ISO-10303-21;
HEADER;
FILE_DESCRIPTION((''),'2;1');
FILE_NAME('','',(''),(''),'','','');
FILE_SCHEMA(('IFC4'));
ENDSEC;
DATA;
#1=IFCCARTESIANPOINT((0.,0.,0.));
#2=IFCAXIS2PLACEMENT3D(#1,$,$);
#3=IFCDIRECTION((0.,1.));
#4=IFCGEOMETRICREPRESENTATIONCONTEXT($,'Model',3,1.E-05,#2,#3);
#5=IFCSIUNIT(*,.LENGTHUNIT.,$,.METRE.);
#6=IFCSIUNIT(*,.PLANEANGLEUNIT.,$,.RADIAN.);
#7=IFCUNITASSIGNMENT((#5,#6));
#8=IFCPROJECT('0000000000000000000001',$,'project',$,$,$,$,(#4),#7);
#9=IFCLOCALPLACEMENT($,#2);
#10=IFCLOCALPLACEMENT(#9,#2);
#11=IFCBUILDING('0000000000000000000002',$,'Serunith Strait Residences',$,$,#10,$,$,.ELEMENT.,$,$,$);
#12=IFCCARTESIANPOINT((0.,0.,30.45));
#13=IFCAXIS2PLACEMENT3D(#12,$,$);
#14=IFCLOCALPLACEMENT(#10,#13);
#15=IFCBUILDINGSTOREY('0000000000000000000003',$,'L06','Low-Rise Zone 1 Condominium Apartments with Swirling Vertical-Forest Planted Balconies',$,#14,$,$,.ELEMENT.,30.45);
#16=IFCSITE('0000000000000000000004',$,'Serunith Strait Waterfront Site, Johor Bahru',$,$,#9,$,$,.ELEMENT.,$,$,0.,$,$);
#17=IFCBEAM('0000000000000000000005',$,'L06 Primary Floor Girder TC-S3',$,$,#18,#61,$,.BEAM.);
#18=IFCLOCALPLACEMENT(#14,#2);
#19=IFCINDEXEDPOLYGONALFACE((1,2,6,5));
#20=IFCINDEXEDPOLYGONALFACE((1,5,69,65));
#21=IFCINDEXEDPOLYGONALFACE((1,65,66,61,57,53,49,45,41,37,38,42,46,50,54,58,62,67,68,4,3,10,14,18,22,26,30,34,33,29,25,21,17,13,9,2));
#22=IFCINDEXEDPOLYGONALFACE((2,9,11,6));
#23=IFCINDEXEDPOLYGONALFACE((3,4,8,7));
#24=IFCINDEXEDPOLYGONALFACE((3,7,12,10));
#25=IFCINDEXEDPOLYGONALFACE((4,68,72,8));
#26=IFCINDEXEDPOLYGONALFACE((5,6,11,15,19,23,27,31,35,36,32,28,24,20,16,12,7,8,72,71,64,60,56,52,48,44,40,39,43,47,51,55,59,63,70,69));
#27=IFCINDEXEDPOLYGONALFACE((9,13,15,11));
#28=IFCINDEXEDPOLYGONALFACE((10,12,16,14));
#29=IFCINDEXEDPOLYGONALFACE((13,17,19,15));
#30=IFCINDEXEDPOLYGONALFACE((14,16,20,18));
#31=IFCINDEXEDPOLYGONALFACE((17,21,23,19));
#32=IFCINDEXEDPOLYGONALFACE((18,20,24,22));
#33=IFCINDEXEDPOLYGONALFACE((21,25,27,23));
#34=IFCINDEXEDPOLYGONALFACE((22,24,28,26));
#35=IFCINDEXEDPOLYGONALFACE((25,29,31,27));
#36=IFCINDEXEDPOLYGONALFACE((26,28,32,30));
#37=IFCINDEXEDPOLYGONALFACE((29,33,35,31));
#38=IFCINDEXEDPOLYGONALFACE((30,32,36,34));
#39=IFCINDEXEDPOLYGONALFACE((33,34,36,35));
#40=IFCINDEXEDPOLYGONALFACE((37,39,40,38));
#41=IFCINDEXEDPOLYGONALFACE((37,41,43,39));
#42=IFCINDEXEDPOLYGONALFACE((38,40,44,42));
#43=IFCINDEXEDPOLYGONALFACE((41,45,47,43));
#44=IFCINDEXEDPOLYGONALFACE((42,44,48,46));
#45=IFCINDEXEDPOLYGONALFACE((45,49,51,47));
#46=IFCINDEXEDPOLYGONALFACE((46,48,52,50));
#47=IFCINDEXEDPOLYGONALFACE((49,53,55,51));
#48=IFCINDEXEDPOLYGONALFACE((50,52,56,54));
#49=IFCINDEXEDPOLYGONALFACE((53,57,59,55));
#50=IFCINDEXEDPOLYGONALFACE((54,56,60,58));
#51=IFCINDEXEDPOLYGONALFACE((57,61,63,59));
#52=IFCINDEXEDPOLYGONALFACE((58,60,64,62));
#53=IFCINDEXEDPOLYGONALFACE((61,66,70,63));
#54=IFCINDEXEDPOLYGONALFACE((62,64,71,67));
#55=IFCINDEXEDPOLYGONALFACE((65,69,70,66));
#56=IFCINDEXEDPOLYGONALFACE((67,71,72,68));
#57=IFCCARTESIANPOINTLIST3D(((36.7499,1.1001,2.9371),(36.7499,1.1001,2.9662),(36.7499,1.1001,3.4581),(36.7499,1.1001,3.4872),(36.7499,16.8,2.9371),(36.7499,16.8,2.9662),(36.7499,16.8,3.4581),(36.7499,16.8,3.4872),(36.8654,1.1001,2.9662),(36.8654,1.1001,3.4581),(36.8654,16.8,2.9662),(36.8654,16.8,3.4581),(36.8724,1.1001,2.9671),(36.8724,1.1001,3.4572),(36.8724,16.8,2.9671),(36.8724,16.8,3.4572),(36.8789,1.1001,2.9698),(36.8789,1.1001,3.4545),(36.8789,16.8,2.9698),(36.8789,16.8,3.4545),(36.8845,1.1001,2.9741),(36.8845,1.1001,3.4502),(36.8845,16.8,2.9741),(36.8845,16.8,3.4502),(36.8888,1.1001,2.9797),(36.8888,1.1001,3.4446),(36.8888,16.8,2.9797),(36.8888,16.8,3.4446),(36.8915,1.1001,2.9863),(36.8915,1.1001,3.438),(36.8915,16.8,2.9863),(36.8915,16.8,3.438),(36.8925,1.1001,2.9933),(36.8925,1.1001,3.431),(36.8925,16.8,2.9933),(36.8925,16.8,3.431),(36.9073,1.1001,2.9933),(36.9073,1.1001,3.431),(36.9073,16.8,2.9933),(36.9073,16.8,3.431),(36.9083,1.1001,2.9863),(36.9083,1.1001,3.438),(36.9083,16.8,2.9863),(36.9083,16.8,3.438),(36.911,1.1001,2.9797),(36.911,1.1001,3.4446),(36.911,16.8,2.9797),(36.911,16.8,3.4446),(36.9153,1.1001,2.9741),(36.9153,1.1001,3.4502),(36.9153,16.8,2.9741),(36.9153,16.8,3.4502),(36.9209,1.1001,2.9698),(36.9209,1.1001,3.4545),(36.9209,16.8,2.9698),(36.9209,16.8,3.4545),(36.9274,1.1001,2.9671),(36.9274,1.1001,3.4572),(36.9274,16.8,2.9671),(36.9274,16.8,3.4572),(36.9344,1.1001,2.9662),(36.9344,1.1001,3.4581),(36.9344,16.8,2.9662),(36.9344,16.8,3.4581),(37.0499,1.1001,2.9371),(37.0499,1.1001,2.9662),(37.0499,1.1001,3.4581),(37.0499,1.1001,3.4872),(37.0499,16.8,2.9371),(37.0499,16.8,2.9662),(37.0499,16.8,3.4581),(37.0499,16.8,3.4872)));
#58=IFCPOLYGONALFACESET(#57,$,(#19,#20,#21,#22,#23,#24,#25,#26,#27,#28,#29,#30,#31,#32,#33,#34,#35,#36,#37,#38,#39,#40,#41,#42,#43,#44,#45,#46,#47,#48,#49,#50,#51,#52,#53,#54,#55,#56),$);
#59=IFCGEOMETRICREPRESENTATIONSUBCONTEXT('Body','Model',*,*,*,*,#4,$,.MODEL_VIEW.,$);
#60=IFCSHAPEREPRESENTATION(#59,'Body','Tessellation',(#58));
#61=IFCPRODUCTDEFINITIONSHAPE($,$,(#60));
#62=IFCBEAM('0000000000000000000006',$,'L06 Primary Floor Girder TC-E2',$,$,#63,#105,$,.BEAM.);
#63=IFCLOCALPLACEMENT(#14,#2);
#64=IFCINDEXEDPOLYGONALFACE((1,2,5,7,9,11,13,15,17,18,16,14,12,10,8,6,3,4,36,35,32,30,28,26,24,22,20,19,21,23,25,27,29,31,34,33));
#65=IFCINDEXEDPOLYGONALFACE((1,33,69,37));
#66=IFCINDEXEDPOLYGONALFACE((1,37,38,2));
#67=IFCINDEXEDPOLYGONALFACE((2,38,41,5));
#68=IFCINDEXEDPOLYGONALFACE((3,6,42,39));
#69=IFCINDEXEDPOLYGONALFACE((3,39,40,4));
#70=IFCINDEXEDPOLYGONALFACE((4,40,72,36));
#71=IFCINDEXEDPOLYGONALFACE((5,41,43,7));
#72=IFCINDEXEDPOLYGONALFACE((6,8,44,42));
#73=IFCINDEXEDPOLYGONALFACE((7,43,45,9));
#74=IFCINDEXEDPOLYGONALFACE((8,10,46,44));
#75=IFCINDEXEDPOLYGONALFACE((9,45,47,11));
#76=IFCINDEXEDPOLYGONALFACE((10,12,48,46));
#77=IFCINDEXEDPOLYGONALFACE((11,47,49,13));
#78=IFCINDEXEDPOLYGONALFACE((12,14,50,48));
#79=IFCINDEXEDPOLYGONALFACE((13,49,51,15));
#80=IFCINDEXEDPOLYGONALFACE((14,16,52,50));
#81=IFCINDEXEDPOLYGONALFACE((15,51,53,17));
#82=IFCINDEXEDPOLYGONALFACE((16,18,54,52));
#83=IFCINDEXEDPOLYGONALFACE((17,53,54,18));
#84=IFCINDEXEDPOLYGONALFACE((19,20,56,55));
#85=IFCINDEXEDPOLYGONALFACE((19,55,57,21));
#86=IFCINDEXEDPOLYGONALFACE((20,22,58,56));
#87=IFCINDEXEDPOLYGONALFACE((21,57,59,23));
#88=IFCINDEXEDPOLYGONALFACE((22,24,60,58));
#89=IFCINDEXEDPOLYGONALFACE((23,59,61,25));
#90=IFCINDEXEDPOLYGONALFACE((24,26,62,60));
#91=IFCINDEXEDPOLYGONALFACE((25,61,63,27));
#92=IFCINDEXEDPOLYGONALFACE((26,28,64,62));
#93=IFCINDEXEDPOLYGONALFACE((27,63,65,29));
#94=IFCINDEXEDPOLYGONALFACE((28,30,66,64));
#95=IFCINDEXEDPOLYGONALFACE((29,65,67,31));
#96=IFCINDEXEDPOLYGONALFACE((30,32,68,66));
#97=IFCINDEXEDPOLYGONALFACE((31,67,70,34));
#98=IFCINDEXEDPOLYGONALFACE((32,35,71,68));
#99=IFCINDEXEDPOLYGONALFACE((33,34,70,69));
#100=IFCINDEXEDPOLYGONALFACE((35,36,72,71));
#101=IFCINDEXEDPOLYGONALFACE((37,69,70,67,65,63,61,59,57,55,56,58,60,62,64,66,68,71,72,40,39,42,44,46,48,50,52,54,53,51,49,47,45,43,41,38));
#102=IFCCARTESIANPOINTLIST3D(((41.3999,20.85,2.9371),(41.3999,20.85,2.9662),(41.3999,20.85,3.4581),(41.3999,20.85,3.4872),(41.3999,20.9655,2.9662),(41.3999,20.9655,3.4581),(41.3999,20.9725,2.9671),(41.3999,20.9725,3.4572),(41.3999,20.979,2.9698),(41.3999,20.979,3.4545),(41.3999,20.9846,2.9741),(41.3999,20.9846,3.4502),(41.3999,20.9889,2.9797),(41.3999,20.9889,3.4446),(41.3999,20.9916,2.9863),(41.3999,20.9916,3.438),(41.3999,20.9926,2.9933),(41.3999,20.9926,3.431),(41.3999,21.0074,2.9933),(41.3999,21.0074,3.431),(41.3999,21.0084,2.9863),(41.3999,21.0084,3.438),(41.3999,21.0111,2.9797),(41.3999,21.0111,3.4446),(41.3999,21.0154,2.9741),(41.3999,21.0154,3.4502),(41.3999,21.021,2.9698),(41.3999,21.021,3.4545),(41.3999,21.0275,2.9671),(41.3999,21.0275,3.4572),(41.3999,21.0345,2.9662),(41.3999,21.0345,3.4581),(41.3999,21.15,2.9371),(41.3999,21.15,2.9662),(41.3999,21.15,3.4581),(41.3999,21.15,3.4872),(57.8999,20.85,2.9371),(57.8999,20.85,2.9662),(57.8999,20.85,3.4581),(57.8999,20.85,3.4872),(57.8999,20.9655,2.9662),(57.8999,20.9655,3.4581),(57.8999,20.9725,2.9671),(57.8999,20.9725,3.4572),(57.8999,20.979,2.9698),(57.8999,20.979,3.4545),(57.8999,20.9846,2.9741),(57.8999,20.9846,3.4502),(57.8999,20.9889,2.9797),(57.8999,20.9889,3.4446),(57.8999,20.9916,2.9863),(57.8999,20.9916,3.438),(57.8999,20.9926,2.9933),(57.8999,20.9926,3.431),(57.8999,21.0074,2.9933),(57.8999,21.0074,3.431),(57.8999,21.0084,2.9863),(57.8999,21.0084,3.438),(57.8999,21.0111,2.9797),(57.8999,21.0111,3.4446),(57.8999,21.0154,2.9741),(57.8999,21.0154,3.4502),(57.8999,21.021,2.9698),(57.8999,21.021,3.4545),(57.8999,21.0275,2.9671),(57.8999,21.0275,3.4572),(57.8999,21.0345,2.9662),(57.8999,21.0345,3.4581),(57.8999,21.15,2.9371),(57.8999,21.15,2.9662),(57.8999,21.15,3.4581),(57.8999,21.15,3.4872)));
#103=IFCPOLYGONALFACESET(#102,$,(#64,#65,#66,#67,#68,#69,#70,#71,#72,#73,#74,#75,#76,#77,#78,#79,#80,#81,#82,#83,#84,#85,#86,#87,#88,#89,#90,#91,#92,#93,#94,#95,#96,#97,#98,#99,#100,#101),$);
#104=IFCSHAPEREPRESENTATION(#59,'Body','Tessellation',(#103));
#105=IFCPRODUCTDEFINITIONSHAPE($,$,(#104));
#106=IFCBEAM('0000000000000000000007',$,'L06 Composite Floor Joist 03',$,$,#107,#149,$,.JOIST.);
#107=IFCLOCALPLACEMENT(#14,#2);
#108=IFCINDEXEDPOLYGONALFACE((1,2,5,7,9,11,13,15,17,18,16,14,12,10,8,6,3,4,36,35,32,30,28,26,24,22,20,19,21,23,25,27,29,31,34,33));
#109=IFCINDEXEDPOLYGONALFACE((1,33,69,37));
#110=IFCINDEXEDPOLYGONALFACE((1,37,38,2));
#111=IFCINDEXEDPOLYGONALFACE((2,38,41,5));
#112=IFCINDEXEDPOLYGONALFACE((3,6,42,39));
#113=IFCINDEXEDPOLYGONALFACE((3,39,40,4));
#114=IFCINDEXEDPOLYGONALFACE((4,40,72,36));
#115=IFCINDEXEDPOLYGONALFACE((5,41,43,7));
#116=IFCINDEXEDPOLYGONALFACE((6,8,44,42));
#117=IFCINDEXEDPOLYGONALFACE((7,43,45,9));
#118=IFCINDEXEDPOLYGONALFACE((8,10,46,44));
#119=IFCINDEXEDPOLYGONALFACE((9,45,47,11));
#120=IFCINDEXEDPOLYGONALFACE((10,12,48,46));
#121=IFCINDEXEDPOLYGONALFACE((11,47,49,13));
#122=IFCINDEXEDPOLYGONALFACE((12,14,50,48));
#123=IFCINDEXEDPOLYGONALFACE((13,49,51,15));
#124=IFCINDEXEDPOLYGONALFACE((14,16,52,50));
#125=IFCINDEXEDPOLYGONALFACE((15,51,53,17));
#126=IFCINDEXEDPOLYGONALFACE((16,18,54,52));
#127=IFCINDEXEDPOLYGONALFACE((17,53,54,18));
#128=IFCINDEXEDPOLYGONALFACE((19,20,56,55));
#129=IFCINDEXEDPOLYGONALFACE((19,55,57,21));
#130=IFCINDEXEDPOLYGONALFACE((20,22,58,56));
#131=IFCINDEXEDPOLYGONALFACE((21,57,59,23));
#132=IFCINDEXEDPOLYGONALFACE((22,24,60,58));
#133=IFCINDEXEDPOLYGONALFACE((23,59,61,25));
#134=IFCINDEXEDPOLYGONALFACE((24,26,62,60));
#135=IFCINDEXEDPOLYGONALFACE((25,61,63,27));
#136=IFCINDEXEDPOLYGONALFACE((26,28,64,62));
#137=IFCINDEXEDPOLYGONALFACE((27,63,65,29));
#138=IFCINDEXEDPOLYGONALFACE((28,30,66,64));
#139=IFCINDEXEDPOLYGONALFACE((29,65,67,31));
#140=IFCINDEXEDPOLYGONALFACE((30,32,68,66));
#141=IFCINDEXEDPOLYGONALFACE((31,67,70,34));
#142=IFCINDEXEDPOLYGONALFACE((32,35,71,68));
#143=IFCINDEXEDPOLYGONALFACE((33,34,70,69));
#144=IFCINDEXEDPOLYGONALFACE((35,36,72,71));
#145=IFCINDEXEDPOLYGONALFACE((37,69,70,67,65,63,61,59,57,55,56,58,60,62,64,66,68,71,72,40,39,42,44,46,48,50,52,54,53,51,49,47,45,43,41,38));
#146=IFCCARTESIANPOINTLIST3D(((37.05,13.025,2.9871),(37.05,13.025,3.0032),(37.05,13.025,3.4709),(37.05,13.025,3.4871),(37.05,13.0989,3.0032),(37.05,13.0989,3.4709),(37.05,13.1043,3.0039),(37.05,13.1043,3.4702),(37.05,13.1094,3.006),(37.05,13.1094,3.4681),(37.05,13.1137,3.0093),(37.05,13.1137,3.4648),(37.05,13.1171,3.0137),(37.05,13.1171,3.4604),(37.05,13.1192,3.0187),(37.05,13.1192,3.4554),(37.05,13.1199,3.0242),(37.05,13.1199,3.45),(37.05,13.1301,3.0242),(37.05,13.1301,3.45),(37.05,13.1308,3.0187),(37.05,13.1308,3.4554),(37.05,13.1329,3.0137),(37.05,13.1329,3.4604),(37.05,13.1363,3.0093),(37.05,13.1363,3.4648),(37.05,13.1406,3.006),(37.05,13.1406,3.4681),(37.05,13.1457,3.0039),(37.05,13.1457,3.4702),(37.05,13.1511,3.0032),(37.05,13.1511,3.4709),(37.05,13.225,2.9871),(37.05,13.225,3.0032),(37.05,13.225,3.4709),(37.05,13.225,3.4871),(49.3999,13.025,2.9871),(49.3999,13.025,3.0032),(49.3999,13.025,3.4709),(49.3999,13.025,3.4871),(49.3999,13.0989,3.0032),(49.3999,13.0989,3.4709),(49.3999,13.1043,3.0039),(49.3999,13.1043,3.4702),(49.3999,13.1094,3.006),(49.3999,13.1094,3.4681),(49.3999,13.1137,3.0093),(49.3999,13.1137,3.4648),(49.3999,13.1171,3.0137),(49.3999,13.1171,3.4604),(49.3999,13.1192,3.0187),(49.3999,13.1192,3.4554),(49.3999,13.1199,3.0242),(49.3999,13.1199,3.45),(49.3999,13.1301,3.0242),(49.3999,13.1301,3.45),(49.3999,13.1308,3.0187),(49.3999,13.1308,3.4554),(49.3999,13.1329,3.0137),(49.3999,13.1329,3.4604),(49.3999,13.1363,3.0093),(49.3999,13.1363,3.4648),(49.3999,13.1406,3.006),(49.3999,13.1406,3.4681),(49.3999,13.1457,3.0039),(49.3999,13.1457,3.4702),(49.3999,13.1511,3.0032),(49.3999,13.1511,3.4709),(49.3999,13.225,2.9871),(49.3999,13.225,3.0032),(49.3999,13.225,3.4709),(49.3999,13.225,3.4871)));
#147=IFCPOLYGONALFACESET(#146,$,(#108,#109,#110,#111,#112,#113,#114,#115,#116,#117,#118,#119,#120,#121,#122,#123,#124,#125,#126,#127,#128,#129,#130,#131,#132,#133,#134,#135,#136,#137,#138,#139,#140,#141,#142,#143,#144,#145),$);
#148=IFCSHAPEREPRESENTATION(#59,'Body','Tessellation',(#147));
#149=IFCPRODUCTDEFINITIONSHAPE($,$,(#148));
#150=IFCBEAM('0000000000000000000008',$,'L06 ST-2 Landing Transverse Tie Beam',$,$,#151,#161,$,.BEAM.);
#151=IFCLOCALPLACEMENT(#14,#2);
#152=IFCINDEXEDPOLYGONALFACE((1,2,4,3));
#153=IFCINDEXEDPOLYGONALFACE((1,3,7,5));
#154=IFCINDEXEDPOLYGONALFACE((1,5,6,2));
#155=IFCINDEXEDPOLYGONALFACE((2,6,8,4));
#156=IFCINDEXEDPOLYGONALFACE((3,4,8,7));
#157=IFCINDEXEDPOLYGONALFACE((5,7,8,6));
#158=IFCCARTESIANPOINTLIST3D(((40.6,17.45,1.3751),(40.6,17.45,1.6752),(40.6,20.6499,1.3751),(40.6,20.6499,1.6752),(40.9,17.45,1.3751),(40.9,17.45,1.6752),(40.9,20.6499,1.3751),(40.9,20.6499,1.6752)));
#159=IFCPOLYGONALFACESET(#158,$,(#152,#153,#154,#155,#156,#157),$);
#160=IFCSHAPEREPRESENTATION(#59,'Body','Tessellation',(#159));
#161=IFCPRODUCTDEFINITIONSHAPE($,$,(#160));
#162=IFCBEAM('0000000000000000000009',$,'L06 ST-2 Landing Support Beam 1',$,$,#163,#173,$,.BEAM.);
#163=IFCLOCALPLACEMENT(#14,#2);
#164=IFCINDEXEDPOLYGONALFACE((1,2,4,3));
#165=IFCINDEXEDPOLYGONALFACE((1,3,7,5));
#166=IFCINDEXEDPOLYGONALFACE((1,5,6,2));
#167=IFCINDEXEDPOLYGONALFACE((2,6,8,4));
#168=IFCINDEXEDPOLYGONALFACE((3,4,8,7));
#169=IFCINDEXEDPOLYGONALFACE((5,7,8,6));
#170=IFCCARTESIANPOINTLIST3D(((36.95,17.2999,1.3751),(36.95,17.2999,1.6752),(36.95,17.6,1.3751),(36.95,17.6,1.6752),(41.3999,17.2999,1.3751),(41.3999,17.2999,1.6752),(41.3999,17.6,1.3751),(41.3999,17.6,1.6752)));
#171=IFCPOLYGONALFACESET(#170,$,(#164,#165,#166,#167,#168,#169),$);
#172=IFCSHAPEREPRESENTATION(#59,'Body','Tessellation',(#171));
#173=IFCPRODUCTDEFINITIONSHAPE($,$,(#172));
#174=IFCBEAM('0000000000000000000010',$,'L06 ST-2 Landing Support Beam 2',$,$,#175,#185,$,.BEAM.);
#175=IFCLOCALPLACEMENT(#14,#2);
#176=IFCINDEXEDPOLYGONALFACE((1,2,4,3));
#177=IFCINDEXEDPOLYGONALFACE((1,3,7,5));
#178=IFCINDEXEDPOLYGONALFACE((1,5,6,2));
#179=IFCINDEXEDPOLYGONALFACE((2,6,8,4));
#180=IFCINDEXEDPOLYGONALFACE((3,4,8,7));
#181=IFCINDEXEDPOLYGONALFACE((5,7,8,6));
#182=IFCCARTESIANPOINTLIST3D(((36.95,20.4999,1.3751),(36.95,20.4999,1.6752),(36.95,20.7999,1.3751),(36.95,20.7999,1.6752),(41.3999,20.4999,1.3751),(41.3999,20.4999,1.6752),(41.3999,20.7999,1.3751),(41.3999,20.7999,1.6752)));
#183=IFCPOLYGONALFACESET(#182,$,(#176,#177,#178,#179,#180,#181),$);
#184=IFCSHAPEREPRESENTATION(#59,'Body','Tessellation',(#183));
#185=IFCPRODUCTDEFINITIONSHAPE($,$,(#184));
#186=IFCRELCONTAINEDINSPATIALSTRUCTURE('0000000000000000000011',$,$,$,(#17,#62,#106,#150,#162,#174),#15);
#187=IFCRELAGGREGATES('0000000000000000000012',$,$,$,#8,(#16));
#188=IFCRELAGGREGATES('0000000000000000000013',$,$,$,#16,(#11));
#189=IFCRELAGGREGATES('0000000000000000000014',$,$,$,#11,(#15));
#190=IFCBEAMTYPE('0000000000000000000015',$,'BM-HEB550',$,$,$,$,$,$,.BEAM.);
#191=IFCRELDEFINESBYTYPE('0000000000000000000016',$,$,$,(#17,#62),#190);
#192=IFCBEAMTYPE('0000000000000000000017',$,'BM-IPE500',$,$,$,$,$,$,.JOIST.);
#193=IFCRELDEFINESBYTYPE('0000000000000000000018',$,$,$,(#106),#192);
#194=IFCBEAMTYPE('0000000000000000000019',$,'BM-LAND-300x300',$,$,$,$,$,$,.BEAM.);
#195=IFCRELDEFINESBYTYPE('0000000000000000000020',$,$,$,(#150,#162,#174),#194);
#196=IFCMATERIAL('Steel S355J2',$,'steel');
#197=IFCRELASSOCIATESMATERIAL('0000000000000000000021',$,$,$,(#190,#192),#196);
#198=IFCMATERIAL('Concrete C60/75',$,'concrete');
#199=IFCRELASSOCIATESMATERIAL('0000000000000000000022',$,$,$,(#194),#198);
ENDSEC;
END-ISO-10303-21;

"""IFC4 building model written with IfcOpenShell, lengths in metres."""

from ifc_helpers import new_model, si_unit, direction, frame, origin, origin_2d, place, context, subcontext, project, spatial, rectangle, i_section, extrude, source, transform, mapped, material, material_profile, profile_set, type_object, element, save


model = new_model("IFC4")

# Units and contexts
model_context = context("Model", 3, precision=1e-05, world=origin(), true_north=direction((0.0, 1.0)))
body_context = subcontext(model_context, "Body", "Model", "MODEL_VIEW")
ifc_project = project(units=[si_unit("LENGTHUNIT", "METRE"), si_unit("PLANEANGLEUNIT", "RADIAN")], contexts=[model_context])

# Site, building, storey
site_placement = place(None, origin())
site = spatial("IfcSite", under=ifc_project, at=site_placement, Name="Serunith Strait Waterfront Site, Johor Bahru", CompositionType="ELEMENT", RefElevation=0.0)
building_placement = place(site_placement, origin())
building = spatial("IfcBuilding", under=site, at=building_placement, Name="Serunith Strait Residences", CompositionType="ELEMENT")
storey_placement = place(building_placement, frame((0.0, 0.0, 30.45)))
storey = spatial("IfcBuildingStorey", under=building, at=storey_placement, Name="L06", Description="Low-Rise Zone 1 Condominium Apartments with Swirling Vertical-Forest Planted Balconies", CompositionType="ELEMENT", Elevation=30.45)

# Beams
ifc_material_1 = material(Name="Steel S355J2", Category="steel")
ifc_material_profile_1 = material_profile(ifc_material_1, i_section(OverallWidth=0.3, OverallDepth=0.55, WebThickness=0.0149, FlangeThickness=0.0291, FilletRadius=0.0271, at=origin_2d()), Name="HEB 550")
ifc_profile_set_1 = profile_set([ifc_material_profile_1], Name="Steel S355J2")
beam_type_1 = type_object("IfcBeamType", Name="BM-HEB550", PredefinedType="BEAM", material=ifc_profile_set_1)
shared_shape_1 = source(origin(), body_context, "Body", "SweptSolid", [
    extrude(i_section(OverallWidth=0.3, OverallDepth=0.55, WebThickness=0.0149, FlangeThickness=0.0291, FilletRadius=0.0271, at=origin_2d()), origin(), (0.0, 0.0, 1.0), 15.7),
])
beam_1_placement = place(storey_placement, frame((36.8999, 16.8, 3.2122), z_axis=(0.0, -1.0, 0.0), x_axis=(1.0, 0.0, 0.0)))
element("IfcBeam", 1, at=beam_1_placement, inside=storey, type_object=beam_type_1, Name="L06 Primary Floor Girder TC-S3", PredefinedType="BEAM", context=body_context, shape_type="MappedRepresentation", body=[
    mapped(shared_shape_1, transform((0.0, 0.0, 0.0), scale=1.0)),
])
shared_shape_2 = source(origin(), body_context, "Body", "SweptSolid", [
    extrude(i_section(OverallWidth=0.3, OverallDepth=0.55, WebThickness=0.0149, FlangeThickness=0.0291, FilletRadius=0.0271, at=origin_2d()), origin(), (0.0, 0.0, 1.0), 16.5),
])
beam_2_placement = place(storey_placement, frame((41.3999, 21.0, 3.2122), z_axis=(1.0, 0.0, 0.0), x_axis=(0.0, 1.0, 0.0)))
element("IfcBeam", 2, at=beam_2_placement, inside=storey, type_object=beam_type_1, Name="L06 Primary Floor Girder TC-E2", PredefinedType="BEAM", context=body_context, shape_type="MappedRepresentation", body=[
    mapped(shared_shape_2, transform((0.0, 0.0, 0.0), scale=1.0)),
])
ifc_material_profile_2 = material_profile(ifc_material_1, i_section(OverallWidth=0.2, OverallDepth=0.5, WebThickness=0.0103, FlangeThickness=0.0161, FilletRadius=0.021, at=origin_2d()), Name="IPE 500")
ifc_profile_set_2 = profile_set([ifc_material_profile_2], Name="Steel S355J2")
beam_type_2 = type_object("IfcBeamType", Name="BM-IPE500", PredefinedType="JOIST", material=ifc_profile_set_2)
shared_shape_3 = source(origin(), body_context, "Body", "SweptSolid", [
    extrude(i_section(OverallWidth=0.2, OverallDepth=0.5, WebThickness=0.0103, FlangeThickness=0.0161, FilletRadius=0.021, at=origin_2d()), origin(), (0.0, 0.0, 1.0), 12.3499),
])
beam_3_placement = place(storey_placement, frame((37.05, 13.125, 3.2371), z_axis=(1.0, 0.0, 0.0), x_axis=(0.0, 1.0, 0.0)))
element("IfcBeam", 3, at=beam_3_placement, inside=storey, type_object=beam_type_2, Name="L06 Composite Floor Joist 03", PredefinedType="JOIST", context=body_context, shape_type="MappedRepresentation", body=[
    mapped(shared_shape_3, transform((0.0, 0.0, 0.0), scale=1.0)),
])
ifc_material_2 = material(Name="Concrete C60/75", Category="concrete")
ifc_material_profile_3 = material_profile(ifc_material_2, rectangle(XDim=0.3, YDim=0.3, at=origin_2d()), Name="RC 300x300")
ifc_profile_set_3 = profile_set([ifc_material_profile_3], Name="Concrete C60/75")
beam_type_3 = type_object("IfcBeamType", Name="BM-LAND-300x300", PredefinedType="BEAM", material=ifc_profile_set_3)
shared_shape_4 = source(origin(), body_context, "Body", "SweptSolid", [
    extrude(rectangle(XDim=0.3, YDim=0.3, at=origin_2d()), origin(), (0.0, 0.0, 1.0), 3.2),
])
beam_4_placement = place(storey_placement, frame((40.75, 17.45, 1.5251), z_axis=(0.0, 1.0, 0.0), x_axis=(-1.0, 0.0, 0.0)))
element("IfcBeam", 4, at=beam_4_placement, inside=storey, type_object=beam_type_3, Name="L06 ST-2 Landing Transverse Tie Beam", PredefinedType="BEAM", context=body_context, shape_type="MappedRepresentation", body=[
    mapped(shared_shape_4, transform((0.0, 0.0, 0.0), scale=1.0)),
])
shared_shape_5 = source(origin(), body_context, "Body", "SweptSolid", [
    extrude(rectangle(XDim=0.3, YDim=0.3, at=origin_2d()), origin(), (0.0, 0.0, 1.0), 4.45),
])
for number, where, z_axis, x_axis, name in (
    (5, (36.95, 17.45, 1.5251), (1.0, 0.0, 0.0), (0.0, 1.0, 0.0), "L06 ST-2 Landing Support Beam 1"),
    (6, (36.95, 20.6499, 1.5251), (1.0, 0.0, 0.0), (0.0, 1.0, 0.0), "L06 ST-2 Landing Support Beam 2"),
):
    element("IfcBeam", number, at=place(storey_placement, frame(where, z_axis=z_axis, x_axis=x_axis)), inside=storey, type_object=beam_type_3, Name=name, PredefinedType="BEAM", context=body_context, shape_type="MappedRepresentation", body=[
        mapped(shared_shape_5, transform((0.0, 0.0, 0.0), scale=1.0)),
    ])

save(model, "model.ifc")
